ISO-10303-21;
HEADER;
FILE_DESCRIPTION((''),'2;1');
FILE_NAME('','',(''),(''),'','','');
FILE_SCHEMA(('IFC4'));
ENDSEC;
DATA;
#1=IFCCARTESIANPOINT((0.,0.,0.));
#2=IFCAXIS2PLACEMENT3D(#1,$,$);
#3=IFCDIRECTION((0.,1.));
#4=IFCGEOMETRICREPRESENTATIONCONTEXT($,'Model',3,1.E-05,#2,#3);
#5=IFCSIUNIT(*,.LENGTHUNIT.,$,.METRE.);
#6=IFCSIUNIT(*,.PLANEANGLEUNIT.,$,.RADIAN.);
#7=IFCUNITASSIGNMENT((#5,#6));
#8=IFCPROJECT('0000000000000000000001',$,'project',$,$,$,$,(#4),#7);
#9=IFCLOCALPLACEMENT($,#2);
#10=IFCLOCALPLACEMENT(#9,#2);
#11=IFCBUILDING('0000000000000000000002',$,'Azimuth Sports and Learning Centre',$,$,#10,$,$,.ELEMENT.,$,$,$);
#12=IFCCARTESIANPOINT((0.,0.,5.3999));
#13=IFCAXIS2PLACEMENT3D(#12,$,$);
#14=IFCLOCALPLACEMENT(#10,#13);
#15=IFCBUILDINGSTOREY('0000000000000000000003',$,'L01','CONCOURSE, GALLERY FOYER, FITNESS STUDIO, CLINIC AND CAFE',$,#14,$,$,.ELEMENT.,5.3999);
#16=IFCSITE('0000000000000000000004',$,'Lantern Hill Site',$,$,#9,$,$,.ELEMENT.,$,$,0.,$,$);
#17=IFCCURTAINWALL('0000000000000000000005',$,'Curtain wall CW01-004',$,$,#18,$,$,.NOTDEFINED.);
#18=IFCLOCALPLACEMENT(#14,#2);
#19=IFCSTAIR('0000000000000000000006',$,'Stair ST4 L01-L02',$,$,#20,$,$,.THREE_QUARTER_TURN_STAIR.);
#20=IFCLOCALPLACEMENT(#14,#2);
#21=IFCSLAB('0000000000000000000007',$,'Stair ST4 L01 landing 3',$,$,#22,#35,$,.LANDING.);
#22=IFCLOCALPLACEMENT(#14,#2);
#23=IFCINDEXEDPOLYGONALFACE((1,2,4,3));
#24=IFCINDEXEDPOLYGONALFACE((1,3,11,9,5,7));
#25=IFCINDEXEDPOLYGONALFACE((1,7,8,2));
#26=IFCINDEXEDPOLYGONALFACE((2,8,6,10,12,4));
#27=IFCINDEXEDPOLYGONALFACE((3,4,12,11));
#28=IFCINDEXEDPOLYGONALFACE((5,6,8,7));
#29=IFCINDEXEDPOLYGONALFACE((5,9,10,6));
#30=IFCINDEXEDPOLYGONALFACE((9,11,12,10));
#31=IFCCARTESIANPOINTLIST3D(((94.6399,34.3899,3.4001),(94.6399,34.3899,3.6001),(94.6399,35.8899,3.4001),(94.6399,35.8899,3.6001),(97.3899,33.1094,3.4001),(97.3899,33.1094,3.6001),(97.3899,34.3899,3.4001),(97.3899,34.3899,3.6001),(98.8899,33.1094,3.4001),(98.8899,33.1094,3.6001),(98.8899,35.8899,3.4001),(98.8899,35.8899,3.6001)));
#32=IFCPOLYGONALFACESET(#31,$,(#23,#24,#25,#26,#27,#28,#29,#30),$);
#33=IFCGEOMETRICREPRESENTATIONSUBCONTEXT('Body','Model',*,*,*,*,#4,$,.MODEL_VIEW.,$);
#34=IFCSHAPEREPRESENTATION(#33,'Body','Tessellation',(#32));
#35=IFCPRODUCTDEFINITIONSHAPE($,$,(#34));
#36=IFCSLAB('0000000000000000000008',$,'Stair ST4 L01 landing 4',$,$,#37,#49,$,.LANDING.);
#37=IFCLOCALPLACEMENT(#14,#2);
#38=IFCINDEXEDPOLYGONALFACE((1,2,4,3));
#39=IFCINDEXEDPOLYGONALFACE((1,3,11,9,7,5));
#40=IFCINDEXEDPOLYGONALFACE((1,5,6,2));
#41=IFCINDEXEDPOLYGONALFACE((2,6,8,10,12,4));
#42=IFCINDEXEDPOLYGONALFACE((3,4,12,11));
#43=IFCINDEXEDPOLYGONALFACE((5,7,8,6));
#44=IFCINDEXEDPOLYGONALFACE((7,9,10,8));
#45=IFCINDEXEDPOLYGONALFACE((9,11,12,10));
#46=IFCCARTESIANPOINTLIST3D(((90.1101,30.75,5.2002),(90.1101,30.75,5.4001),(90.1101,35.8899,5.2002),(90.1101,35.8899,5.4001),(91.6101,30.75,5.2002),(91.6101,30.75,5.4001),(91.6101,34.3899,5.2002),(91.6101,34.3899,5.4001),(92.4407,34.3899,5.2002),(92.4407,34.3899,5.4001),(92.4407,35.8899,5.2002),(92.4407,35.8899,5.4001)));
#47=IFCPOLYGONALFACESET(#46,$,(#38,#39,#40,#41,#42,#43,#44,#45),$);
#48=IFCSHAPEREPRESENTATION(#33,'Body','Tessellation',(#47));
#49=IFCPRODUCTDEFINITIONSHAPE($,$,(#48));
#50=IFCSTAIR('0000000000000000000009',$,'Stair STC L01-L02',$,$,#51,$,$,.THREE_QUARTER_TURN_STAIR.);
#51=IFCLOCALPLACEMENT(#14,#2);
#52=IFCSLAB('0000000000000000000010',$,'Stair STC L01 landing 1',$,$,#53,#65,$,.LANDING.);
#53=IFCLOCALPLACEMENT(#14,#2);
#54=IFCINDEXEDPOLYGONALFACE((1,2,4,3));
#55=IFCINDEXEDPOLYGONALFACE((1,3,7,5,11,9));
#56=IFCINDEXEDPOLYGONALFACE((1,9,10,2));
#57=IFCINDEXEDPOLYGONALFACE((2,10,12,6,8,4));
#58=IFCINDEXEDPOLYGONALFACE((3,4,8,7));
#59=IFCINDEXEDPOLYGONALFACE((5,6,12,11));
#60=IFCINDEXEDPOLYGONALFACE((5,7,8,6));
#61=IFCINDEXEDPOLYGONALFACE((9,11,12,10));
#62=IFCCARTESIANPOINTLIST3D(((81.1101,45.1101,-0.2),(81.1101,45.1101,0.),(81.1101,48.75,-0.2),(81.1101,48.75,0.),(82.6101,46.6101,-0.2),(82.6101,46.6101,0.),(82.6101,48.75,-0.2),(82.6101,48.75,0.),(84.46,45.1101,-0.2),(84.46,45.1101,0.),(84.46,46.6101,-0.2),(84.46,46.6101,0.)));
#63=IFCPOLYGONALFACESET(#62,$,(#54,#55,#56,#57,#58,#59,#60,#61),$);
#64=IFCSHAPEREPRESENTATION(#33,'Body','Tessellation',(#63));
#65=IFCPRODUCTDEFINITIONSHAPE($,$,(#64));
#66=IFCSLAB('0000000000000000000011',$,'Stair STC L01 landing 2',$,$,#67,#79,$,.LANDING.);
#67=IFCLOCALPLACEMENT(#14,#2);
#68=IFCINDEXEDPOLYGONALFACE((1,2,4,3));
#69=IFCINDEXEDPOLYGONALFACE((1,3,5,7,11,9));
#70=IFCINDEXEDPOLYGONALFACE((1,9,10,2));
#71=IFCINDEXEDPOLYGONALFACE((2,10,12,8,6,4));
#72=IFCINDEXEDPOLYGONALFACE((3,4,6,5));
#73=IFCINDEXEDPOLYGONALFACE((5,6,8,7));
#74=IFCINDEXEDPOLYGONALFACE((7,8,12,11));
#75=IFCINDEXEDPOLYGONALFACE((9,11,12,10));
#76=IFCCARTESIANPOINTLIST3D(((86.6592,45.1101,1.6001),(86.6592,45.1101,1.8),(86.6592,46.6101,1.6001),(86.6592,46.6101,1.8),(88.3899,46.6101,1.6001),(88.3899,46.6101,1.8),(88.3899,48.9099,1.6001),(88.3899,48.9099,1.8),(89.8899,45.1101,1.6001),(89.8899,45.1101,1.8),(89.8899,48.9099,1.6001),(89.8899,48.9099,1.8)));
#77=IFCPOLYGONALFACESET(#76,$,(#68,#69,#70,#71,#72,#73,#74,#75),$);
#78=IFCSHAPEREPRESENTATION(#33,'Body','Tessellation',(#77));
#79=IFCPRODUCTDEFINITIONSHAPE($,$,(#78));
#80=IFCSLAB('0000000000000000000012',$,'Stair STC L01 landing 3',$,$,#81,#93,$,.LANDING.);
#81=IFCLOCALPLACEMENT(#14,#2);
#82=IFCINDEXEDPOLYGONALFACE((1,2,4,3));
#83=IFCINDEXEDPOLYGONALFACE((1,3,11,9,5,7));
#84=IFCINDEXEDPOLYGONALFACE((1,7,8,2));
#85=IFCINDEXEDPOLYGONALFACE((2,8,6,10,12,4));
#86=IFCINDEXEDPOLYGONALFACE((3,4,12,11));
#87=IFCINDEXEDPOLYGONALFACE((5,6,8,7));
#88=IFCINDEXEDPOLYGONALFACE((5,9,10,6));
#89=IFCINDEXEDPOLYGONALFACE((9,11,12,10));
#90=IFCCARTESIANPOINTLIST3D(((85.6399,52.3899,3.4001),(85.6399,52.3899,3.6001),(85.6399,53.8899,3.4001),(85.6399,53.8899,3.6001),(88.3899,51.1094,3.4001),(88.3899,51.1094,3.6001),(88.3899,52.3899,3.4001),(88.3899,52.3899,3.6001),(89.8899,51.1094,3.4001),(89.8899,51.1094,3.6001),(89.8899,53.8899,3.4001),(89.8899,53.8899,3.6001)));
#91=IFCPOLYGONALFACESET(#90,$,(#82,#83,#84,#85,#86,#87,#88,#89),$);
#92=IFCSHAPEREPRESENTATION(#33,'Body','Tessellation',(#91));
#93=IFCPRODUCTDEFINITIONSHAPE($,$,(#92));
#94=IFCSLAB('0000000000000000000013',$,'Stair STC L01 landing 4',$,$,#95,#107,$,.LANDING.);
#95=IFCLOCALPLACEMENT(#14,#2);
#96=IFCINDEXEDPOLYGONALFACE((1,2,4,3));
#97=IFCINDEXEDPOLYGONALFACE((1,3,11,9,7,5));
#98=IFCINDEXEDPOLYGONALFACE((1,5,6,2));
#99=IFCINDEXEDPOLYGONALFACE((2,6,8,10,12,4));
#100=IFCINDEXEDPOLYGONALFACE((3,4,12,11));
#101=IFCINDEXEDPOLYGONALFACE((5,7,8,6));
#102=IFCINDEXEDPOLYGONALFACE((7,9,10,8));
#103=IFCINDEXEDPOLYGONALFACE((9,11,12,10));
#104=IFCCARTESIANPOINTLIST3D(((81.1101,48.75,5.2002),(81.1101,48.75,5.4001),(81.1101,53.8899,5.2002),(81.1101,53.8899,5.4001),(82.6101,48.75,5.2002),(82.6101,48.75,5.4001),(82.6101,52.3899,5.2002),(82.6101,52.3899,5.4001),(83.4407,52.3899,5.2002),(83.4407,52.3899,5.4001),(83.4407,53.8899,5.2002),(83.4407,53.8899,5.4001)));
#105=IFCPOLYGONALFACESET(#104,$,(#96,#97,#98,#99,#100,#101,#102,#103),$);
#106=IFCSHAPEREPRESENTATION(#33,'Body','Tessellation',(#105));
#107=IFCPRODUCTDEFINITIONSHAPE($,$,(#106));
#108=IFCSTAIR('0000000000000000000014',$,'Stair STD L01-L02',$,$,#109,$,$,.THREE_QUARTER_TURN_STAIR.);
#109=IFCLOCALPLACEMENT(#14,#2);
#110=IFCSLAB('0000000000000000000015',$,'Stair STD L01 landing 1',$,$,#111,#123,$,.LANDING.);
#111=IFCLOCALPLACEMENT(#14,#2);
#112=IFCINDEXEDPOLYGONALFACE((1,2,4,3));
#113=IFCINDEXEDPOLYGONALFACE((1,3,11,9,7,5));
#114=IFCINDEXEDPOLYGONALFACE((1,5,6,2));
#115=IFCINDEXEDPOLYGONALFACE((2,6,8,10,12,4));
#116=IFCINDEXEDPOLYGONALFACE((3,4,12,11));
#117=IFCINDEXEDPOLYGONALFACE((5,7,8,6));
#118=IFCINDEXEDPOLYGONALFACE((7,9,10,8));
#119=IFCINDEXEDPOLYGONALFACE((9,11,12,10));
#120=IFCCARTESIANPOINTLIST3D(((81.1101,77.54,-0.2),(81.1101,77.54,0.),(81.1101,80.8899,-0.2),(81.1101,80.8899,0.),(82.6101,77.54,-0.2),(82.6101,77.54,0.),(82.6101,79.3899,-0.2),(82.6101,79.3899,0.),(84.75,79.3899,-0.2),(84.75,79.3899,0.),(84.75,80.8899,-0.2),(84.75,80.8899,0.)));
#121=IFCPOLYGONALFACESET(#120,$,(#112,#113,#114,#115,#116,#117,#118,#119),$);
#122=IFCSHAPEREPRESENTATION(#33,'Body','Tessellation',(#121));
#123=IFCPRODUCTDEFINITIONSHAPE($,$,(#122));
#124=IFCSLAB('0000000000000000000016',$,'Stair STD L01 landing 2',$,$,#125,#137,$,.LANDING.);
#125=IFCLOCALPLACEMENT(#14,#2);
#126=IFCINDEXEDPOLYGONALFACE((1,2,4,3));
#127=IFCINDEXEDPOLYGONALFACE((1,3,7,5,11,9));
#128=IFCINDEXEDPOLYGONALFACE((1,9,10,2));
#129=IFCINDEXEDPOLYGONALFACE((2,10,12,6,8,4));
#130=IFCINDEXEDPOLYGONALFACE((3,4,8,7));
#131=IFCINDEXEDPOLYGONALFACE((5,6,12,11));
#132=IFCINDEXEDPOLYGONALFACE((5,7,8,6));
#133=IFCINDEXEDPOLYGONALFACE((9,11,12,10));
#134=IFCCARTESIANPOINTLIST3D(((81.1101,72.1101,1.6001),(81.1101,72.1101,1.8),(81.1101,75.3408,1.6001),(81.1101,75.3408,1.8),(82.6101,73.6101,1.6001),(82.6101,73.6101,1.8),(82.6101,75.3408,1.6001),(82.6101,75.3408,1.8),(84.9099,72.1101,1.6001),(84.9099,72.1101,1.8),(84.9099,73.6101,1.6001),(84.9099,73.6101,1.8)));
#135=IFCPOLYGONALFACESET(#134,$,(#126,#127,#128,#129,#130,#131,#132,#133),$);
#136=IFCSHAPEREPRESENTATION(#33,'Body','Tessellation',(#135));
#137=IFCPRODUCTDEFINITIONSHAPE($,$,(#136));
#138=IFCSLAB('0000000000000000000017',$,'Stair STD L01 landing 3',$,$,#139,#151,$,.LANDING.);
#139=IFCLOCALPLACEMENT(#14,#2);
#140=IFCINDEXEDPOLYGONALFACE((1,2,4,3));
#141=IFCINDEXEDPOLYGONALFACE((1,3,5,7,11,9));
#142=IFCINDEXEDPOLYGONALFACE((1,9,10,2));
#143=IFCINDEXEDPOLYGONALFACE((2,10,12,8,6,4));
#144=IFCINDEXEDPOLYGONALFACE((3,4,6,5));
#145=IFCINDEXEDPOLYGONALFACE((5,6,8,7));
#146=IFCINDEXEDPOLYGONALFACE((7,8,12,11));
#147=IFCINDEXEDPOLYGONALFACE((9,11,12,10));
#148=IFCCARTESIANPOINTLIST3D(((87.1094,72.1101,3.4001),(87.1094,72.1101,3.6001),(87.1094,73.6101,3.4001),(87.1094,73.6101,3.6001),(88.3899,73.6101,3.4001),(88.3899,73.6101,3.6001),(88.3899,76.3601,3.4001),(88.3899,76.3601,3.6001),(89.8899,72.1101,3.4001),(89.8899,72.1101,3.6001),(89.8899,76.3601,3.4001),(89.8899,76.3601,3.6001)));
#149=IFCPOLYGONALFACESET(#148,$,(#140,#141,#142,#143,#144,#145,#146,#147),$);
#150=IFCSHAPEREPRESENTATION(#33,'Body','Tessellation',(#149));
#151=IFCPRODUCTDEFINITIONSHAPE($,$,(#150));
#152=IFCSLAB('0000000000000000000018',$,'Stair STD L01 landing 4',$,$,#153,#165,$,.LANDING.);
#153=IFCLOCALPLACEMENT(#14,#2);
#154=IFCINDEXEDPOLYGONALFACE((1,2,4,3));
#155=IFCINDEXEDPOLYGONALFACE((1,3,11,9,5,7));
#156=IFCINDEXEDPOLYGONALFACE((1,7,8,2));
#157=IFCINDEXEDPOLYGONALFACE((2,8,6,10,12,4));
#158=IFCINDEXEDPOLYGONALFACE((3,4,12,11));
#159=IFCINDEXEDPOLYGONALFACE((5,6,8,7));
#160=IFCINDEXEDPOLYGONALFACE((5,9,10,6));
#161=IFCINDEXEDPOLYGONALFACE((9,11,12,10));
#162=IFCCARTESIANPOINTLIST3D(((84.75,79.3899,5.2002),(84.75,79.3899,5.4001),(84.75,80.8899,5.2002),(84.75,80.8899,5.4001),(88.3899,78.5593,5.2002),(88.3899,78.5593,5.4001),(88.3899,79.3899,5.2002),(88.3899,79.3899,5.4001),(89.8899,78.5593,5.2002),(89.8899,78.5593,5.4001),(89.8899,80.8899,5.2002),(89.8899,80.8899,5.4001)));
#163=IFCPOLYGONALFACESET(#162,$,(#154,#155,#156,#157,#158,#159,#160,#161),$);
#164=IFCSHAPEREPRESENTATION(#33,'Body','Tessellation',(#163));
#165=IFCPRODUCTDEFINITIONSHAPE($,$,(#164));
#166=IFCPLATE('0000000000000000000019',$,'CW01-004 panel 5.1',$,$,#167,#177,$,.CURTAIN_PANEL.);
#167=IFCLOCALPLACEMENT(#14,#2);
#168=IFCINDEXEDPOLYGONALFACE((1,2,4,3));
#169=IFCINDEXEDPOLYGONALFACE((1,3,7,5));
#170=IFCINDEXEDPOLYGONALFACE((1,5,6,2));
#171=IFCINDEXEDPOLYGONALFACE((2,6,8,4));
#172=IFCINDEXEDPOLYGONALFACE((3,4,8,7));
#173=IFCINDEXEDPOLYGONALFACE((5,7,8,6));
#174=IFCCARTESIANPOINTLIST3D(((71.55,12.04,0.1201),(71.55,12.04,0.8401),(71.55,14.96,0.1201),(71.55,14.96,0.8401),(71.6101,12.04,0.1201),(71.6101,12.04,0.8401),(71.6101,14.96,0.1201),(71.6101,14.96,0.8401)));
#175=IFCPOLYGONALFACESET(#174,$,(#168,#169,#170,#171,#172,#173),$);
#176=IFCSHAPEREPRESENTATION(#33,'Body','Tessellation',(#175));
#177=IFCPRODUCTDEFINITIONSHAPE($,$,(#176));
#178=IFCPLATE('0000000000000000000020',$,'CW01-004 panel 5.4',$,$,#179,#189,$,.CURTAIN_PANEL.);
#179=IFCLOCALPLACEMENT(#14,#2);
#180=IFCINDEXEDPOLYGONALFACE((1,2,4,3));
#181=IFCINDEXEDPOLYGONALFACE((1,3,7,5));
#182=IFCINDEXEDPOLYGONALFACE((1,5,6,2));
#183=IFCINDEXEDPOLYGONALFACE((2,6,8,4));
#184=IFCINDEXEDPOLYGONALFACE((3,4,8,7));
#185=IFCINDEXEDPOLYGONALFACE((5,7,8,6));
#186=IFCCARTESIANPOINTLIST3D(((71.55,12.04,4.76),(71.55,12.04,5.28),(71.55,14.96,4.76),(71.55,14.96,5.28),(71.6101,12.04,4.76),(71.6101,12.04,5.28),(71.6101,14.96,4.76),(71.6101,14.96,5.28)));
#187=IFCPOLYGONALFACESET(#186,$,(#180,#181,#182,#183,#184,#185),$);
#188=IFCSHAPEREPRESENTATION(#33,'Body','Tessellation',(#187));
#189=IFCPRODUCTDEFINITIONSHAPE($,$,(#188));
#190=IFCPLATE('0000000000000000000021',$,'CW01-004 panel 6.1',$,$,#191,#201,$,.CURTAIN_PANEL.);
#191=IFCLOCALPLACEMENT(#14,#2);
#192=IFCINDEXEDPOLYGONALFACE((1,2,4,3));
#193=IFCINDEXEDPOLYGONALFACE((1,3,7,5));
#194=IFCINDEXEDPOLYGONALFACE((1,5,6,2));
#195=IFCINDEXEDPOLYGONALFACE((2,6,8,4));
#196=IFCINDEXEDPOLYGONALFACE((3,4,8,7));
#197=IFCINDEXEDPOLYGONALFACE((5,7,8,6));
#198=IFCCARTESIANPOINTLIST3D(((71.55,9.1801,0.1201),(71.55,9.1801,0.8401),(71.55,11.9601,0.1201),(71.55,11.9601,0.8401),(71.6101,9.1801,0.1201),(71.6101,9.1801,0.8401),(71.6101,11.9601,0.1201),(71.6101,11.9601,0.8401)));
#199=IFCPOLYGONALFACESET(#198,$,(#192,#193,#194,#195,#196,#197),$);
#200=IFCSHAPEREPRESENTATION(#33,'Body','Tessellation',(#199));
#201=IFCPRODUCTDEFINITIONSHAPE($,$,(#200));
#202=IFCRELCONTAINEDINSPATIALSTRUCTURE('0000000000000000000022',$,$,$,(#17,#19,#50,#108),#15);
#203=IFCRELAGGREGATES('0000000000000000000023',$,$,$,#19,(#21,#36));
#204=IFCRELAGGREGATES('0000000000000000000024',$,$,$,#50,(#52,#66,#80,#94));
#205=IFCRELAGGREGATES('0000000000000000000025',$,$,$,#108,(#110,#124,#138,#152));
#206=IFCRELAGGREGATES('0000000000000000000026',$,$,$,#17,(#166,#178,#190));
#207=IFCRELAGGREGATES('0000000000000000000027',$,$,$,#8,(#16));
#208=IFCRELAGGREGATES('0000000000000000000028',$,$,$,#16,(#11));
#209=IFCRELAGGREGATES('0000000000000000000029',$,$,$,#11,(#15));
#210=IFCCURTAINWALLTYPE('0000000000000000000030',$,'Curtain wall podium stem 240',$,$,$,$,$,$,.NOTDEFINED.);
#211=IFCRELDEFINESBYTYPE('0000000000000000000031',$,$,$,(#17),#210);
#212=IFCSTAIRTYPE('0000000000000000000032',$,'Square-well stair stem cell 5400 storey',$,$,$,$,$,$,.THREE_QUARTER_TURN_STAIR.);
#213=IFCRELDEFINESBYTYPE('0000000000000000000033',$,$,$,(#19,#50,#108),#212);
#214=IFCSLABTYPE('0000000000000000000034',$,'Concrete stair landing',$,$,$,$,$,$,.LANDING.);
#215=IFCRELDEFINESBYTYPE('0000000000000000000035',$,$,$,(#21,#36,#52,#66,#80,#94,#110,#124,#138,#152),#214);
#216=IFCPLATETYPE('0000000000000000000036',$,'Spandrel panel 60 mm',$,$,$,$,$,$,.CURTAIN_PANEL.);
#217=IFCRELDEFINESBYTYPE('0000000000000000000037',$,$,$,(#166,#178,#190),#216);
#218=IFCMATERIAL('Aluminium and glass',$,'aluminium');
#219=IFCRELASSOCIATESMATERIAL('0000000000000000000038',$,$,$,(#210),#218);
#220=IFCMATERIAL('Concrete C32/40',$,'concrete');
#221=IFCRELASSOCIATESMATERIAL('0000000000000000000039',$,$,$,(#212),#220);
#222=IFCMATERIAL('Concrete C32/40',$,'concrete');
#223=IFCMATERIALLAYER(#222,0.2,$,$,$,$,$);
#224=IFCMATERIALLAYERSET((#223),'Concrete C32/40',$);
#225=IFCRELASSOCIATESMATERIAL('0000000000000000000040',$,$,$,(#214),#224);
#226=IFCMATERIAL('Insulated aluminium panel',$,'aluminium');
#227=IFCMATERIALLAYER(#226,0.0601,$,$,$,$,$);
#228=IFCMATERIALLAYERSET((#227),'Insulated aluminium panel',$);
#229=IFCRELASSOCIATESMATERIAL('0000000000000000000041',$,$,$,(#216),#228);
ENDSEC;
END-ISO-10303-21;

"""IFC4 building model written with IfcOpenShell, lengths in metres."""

from ifc_helpers import new_model, si_unit, direction, frame, origin, origin_2d, place, context, subcontext, project, spatial, polyline, rectangle, outline, extrude, material, layer, layer_set, type_object, element, aggregate, save


model = new_model("IFC4")

# Units and contexts
model_context = context("Model", 3, precision=1e-05, world=origin(), true_north=direction((0.0, 1.0)))
body_context = subcontext(model_context, "Body", "Model", "MODEL_VIEW")
ifc_project = project(units=[si_unit("LENGTHUNIT", "METRE"), si_unit("PLANEANGLEUNIT", "RADIAN")], contexts=[model_context])

# Site, building, storey
site_placement = place(None, origin())
site = spatial("IfcSite", under=ifc_project, at=site_placement, Name="Lantern Hill Site", CompositionType="ELEMENT", RefElevation=0.0)
building_placement = place(site_placement, origin())
building = spatial("IfcBuilding", under=site, at=building_placement, Name="Azimuth Sports and Learning Centre", CompositionType="ELEMENT")
storey_placement = place(building_placement, frame((0.0, 0.0, 5.3999)))
storey = spatial("IfcBuildingStorey", under=building, at=storey_placement, Name="L01", Description="CONCOURSE, GALLERY FOYER, FITNESS STUDIO, CLINIC AND CAFE", CompositionType="ELEMENT", Elevation=5.3999)

# Curtain wall
ifc_material_1 = material(Name="Aluminium and glass", Category="aluminium")
curtain_wall_type = type_object("IfcCurtainWallType", Name="Curtain wall podium stem 240", PredefinedType="NOTDEFINED", material=ifc_material_1)
curtain_wall_placement = place(storey_placement, origin())
curtain_wall = element("IfcCurtainWall", 1, at=curtain_wall_placement, inside=storey, type_object=curtain_wall_type, Name="Curtain wall CW01-004", PredefinedType="NOTDEFINED")

# Stairs, slabs
ifc_material_2 = material(Name="Concrete C32/40", Category="concrete")
stair_type = type_object("IfcStairType", Name="Square-well stair stem cell 5400 storey", PredefinedType="THREE_QUARTER_TURN_STAIR", material=ifc_material_2)
ifc_material_3 = material(Name="Concrete C32/40", Category="concrete")
ifc_layer_1 = layer(ifc_material_3, 0.2)
ifc_layer_set_1 = layer_set([ifc_layer_1], Name="Concrete C32/40")
slab_type = type_object("IfcSlabType", Name="Concrete stair landing", PredefinedType="LANDING", material=ifc_layer_set_1)
stair_1_placement = place(storey_placement, origin())
stair_1 = element("IfcStair", 2, at=stair_1_placement, inside=storey, type_object=stair_type, Name="Stair ST4 L01-L02", PredefinedType="THREE_QUARTER_TURN_STAIR")
slab_1_placement = place(storey_placement, frame((0.0, 0.0, 3.4001)))
slab_1 = element("IfcSlab", 3, at=slab_1_placement, type_object=slab_type, Name="Stair ST4 L01 landing 3", PredefinedType="LANDING", context=body_context, shape_type="SweptSolid", body=[
    extrude(outline(polyline([(97.3899, 34.3899), (97.3899, 33.1094), (98.8899, 33.1094), (98.8899, 35.8899), (94.6399, 35.8899), (94.6399, 34.3899), (97.3899, 34.3899)])), origin(), (0.0, 0.0, 1.0), 0.2),
])
slab_2_placement = place(storey_placement, frame((0.0, 0.0, 5.2002)))
slab_2 = element("IfcSlab", 4, at=slab_2_placement, type_object=slab_type, Name="Stair ST4 L01 landing 4", PredefinedType="LANDING", context=body_context, shape_type="SweptSolid", body=[
    extrude(outline(polyline([(91.6101, 34.3899), (92.4407, 34.3899), (92.4407, 35.8899), (90.1101, 35.8899), (90.1101, 30.75), (91.6101, 30.75), (91.6101, 34.3899)])), origin(), (0.0, 0.0, 1.0), 0.2),
])
aggregate(stair_1, [slab_1, slab_2])
stair_2_placement = place(storey_placement, origin())
stair_2 = element("IfcStair", 5, at=stair_2_placement, inside=storey, type_object=stair_type, Name="Stair STC L01-L02", PredefinedType="THREE_QUARTER_TURN_STAIR")
slab_3_placement = place(storey_placement, frame((0.0, 0.0, -0.2)))
slab_3 = element("IfcSlab", 6, at=slab_3_placement, type_object=slab_type, Name="Stair STC L01 landing 1", PredefinedType="LANDING", context=body_context, shape_type="SweptSolid", body=[
    extrude(outline(polyline([(84.46, 46.6101), (82.6101, 46.6101), (82.6101, 48.75), (81.1101, 48.75), (81.1101, 45.1101), (84.46, 45.1101), (84.46, 46.6101)])), origin(), (0.0, 0.0, 1.0), 0.2),
])
slab_4_placement = place(storey_placement, frame((0.0, 0.0, 1.6001)))
slab_4 = element("IfcSlab", 7, at=slab_4_placement, type_object=slab_type, Name="Stair STC L01 landing 2", PredefinedType="LANDING", context=body_context, shape_type="SweptSolid", body=[
    extrude(outline(polyline([(88.3899, 46.6101), (86.6592, 46.6101), (86.6592, 45.1101), (89.8899, 45.1101), (89.8899, 48.9099), (88.3899, 48.9099), (88.3899, 46.6101)])), origin(), (0.0, 0.0, 1.0), 0.2),
])
slab_5_placement = place(storey_placement, frame((0.0, 0.0, 3.4001)))
slab_5 = element("IfcSlab", 8, at=slab_5_placement, type_object=slab_type, Name="Stair STC L01 landing 3", PredefinedType="LANDING", context=body_context, shape_type="SweptSolid", body=[
    extrude(outline(polyline([(88.3899, 52.3899), (88.3899, 51.1094), (89.8899, 51.1094), (89.8899, 53.8899), (85.6399, 53.8899), (85.6399, 52.3899), (88.3899, 52.3899)])), origin(), (0.0, 0.0, 1.0), 0.2),
])
slab_6_placement = place(storey_placement, frame((0.0, 0.0, 5.2002)))
slab_6 = element("IfcSlab", 9, at=slab_6_placement, type_object=slab_type, Name="Stair STC L01 landing 4", PredefinedType="LANDING", context=body_context, shape_type="SweptSolid", body=[
    extrude(outline(polyline([(82.6101, 52.3899), (83.4407, 52.3899), (83.4407, 53.8899), (81.1101, 53.8899), (81.1101, 48.75), (82.6101, 48.75), (82.6101, 52.3899)])), origin(), (0.0, 0.0, 1.0), 0.2),
])
aggregate(stair_2, [slab_3, slab_4, slab_5, slab_6])
stair_3_placement = place(storey_placement, origin())
stair_3 = element("IfcStair", 10, at=stair_3_placement, inside=storey, type_object=stair_type, Name="Stair STD L01-L02", PredefinedType="THREE_QUARTER_TURN_STAIR")
slab_7_placement = place(storey_placement, frame((0.0, 0.0, -0.2)))
slab_7 = element("IfcSlab", 11, at=slab_7_placement, type_object=slab_type, Name="Stair STD L01 landing 1", PredefinedType="LANDING", context=body_context, shape_type="SweptSolid", body=[
    extrude(outline(polyline([(82.6101, 77.54), (82.6101, 79.3899), (84.75, 79.3899), (84.75, 80.8899), (81.1101, 80.8899), (81.1101, 77.54), (82.6101, 77.54)])), origin(), (0.0, 0.0, 1.0), 0.2),
])
slab_8_placement = place(storey_placement, frame((0.0, 0.0, 1.6001)))
slab_8 = element("IfcSlab", 12, at=slab_8_placement, type_object=slab_type, Name="Stair STD L01 landing 2", PredefinedType="LANDING", context=body_context, shape_type="SweptSolid", body=[
    extrude(outline(polyline([(82.6101, 73.6101), (82.6101, 75.3408), (81.1101, 75.3408), (81.1101, 72.1101), (84.9099, 72.1101), (84.9099, 73.6101), (82.6101, 73.6101)])), origin(), (0.0, 0.0, 1.0), 0.2),
])
slab_9_placement = place(storey_placement, frame((0.0, 0.0, 3.4001)))
slab_9 = element("IfcSlab", 13, at=slab_9_placement, type_object=slab_type, Name="Stair STD L01 landing 3", PredefinedType="LANDING", context=body_context, shape_type="SweptSolid", body=[
    extrude(outline(polyline([(88.3899, 73.6101), (87.1094, 73.6101), (87.1094, 72.1101), (89.8899, 72.1101), (89.8899, 76.3601), (88.3899, 76.3601), (88.3899, 73.6101)])), origin(), (0.0, 0.0, 1.0), 0.2),
])
slab_10_placement = place(storey_placement, frame((0.0, 0.0, 5.2002)))
slab_10 = element("IfcSlab", 14, at=slab_10_placement, type_object=slab_type, Name="Stair STD L01 landing 4", PredefinedType="LANDING", context=body_context, shape_type="SweptSolid", body=[
    extrude(outline(polyline([(88.3899, 79.3899), (88.3899, 78.5593), (89.8899, 78.5593), (89.8899, 80.8899), (84.75, 80.8899), (84.75, 79.3899), (88.3899, 79.3899)])), origin(), (0.0, 0.0, 1.0), 0.2),
])
aggregate(stair_3, [slab_7, slab_8, slab_9, slab_10])

# Plates
ifc_material_4 = material(Name="Insulated aluminium panel", Category="aluminium")
ifc_layer_2 = layer(ifc_material_4, 0.0601)
ifc_layer_set_2 = layer_set([ifc_layer_2], Name="Insulated aluminium panel")
plate_type_1 = type_object("IfcPlateType", Name="Spandrel panel 60 mm", PredefinedType="CURTAIN_PANEL", material=ifc_layer_set_2)
plate_1_placement = place(storey_placement, frame((71.5801, 13.5, 0.1201), z_axis=(0.0, 0.0, 1.0), x_axis=(0.0, -1.0, 0.0)))
plate_1 = element("IfcPlate", 15, at=plate_1_placement, type_object=plate_type_1, Name="CW01-004 panel 5.1", PredefinedType="CURTAIN_PANEL", context=body_context, shape_type="SweptSolid", body=[
    extrude(rectangle(XDim=2.9199, YDim=0.0601, at=origin_2d()), origin(), (0.0, 0.0, 1.0), 0.72),
])
plate_2_placement = place(storey_placement, frame((71.5801, 13.5, 4.76), z_axis=(0.0, 0.0, 1.0), x_axis=(0.0, -1.0, 0.0)))
plate_2 = element("IfcPlate", 16, at=plate_2_placement, type_object=plate_type_1, Name="CW01-004 panel 5.4", PredefinedType="CURTAIN_PANEL", context=body_context, shape_type="SweptSolid", body=[
    extrude(rectangle(XDim=2.9199, YDim=0.0601, at=origin_2d()), origin(), (0.0, 0.0, 1.0), 0.52),
])
plate_3_placement = place(storey_placement, frame((71.5801, 10.5701, 0.1201), z_axis=(0.0, 0.0, 1.0), x_axis=(0.0, -1.0, 0.0)))
plate_3 = element("IfcPlate", 17, at=plate_3_placement, type_object=plate_type_1, Name="CW01-004 panel 6.1", PredefinedType="CURTAIN_PANEL", context=body_context, shape_type="SweptSolid", body=[
    extrude(rectangle(XDim=2.78, YDim=0.0601, at=origin_2d()), origin(), (0.0, 0.0, 1.0), 0.72),
])
aggregate(curtain_wall, [plate_1, plate_2, plate_3])

save(model, "model.ifc")
